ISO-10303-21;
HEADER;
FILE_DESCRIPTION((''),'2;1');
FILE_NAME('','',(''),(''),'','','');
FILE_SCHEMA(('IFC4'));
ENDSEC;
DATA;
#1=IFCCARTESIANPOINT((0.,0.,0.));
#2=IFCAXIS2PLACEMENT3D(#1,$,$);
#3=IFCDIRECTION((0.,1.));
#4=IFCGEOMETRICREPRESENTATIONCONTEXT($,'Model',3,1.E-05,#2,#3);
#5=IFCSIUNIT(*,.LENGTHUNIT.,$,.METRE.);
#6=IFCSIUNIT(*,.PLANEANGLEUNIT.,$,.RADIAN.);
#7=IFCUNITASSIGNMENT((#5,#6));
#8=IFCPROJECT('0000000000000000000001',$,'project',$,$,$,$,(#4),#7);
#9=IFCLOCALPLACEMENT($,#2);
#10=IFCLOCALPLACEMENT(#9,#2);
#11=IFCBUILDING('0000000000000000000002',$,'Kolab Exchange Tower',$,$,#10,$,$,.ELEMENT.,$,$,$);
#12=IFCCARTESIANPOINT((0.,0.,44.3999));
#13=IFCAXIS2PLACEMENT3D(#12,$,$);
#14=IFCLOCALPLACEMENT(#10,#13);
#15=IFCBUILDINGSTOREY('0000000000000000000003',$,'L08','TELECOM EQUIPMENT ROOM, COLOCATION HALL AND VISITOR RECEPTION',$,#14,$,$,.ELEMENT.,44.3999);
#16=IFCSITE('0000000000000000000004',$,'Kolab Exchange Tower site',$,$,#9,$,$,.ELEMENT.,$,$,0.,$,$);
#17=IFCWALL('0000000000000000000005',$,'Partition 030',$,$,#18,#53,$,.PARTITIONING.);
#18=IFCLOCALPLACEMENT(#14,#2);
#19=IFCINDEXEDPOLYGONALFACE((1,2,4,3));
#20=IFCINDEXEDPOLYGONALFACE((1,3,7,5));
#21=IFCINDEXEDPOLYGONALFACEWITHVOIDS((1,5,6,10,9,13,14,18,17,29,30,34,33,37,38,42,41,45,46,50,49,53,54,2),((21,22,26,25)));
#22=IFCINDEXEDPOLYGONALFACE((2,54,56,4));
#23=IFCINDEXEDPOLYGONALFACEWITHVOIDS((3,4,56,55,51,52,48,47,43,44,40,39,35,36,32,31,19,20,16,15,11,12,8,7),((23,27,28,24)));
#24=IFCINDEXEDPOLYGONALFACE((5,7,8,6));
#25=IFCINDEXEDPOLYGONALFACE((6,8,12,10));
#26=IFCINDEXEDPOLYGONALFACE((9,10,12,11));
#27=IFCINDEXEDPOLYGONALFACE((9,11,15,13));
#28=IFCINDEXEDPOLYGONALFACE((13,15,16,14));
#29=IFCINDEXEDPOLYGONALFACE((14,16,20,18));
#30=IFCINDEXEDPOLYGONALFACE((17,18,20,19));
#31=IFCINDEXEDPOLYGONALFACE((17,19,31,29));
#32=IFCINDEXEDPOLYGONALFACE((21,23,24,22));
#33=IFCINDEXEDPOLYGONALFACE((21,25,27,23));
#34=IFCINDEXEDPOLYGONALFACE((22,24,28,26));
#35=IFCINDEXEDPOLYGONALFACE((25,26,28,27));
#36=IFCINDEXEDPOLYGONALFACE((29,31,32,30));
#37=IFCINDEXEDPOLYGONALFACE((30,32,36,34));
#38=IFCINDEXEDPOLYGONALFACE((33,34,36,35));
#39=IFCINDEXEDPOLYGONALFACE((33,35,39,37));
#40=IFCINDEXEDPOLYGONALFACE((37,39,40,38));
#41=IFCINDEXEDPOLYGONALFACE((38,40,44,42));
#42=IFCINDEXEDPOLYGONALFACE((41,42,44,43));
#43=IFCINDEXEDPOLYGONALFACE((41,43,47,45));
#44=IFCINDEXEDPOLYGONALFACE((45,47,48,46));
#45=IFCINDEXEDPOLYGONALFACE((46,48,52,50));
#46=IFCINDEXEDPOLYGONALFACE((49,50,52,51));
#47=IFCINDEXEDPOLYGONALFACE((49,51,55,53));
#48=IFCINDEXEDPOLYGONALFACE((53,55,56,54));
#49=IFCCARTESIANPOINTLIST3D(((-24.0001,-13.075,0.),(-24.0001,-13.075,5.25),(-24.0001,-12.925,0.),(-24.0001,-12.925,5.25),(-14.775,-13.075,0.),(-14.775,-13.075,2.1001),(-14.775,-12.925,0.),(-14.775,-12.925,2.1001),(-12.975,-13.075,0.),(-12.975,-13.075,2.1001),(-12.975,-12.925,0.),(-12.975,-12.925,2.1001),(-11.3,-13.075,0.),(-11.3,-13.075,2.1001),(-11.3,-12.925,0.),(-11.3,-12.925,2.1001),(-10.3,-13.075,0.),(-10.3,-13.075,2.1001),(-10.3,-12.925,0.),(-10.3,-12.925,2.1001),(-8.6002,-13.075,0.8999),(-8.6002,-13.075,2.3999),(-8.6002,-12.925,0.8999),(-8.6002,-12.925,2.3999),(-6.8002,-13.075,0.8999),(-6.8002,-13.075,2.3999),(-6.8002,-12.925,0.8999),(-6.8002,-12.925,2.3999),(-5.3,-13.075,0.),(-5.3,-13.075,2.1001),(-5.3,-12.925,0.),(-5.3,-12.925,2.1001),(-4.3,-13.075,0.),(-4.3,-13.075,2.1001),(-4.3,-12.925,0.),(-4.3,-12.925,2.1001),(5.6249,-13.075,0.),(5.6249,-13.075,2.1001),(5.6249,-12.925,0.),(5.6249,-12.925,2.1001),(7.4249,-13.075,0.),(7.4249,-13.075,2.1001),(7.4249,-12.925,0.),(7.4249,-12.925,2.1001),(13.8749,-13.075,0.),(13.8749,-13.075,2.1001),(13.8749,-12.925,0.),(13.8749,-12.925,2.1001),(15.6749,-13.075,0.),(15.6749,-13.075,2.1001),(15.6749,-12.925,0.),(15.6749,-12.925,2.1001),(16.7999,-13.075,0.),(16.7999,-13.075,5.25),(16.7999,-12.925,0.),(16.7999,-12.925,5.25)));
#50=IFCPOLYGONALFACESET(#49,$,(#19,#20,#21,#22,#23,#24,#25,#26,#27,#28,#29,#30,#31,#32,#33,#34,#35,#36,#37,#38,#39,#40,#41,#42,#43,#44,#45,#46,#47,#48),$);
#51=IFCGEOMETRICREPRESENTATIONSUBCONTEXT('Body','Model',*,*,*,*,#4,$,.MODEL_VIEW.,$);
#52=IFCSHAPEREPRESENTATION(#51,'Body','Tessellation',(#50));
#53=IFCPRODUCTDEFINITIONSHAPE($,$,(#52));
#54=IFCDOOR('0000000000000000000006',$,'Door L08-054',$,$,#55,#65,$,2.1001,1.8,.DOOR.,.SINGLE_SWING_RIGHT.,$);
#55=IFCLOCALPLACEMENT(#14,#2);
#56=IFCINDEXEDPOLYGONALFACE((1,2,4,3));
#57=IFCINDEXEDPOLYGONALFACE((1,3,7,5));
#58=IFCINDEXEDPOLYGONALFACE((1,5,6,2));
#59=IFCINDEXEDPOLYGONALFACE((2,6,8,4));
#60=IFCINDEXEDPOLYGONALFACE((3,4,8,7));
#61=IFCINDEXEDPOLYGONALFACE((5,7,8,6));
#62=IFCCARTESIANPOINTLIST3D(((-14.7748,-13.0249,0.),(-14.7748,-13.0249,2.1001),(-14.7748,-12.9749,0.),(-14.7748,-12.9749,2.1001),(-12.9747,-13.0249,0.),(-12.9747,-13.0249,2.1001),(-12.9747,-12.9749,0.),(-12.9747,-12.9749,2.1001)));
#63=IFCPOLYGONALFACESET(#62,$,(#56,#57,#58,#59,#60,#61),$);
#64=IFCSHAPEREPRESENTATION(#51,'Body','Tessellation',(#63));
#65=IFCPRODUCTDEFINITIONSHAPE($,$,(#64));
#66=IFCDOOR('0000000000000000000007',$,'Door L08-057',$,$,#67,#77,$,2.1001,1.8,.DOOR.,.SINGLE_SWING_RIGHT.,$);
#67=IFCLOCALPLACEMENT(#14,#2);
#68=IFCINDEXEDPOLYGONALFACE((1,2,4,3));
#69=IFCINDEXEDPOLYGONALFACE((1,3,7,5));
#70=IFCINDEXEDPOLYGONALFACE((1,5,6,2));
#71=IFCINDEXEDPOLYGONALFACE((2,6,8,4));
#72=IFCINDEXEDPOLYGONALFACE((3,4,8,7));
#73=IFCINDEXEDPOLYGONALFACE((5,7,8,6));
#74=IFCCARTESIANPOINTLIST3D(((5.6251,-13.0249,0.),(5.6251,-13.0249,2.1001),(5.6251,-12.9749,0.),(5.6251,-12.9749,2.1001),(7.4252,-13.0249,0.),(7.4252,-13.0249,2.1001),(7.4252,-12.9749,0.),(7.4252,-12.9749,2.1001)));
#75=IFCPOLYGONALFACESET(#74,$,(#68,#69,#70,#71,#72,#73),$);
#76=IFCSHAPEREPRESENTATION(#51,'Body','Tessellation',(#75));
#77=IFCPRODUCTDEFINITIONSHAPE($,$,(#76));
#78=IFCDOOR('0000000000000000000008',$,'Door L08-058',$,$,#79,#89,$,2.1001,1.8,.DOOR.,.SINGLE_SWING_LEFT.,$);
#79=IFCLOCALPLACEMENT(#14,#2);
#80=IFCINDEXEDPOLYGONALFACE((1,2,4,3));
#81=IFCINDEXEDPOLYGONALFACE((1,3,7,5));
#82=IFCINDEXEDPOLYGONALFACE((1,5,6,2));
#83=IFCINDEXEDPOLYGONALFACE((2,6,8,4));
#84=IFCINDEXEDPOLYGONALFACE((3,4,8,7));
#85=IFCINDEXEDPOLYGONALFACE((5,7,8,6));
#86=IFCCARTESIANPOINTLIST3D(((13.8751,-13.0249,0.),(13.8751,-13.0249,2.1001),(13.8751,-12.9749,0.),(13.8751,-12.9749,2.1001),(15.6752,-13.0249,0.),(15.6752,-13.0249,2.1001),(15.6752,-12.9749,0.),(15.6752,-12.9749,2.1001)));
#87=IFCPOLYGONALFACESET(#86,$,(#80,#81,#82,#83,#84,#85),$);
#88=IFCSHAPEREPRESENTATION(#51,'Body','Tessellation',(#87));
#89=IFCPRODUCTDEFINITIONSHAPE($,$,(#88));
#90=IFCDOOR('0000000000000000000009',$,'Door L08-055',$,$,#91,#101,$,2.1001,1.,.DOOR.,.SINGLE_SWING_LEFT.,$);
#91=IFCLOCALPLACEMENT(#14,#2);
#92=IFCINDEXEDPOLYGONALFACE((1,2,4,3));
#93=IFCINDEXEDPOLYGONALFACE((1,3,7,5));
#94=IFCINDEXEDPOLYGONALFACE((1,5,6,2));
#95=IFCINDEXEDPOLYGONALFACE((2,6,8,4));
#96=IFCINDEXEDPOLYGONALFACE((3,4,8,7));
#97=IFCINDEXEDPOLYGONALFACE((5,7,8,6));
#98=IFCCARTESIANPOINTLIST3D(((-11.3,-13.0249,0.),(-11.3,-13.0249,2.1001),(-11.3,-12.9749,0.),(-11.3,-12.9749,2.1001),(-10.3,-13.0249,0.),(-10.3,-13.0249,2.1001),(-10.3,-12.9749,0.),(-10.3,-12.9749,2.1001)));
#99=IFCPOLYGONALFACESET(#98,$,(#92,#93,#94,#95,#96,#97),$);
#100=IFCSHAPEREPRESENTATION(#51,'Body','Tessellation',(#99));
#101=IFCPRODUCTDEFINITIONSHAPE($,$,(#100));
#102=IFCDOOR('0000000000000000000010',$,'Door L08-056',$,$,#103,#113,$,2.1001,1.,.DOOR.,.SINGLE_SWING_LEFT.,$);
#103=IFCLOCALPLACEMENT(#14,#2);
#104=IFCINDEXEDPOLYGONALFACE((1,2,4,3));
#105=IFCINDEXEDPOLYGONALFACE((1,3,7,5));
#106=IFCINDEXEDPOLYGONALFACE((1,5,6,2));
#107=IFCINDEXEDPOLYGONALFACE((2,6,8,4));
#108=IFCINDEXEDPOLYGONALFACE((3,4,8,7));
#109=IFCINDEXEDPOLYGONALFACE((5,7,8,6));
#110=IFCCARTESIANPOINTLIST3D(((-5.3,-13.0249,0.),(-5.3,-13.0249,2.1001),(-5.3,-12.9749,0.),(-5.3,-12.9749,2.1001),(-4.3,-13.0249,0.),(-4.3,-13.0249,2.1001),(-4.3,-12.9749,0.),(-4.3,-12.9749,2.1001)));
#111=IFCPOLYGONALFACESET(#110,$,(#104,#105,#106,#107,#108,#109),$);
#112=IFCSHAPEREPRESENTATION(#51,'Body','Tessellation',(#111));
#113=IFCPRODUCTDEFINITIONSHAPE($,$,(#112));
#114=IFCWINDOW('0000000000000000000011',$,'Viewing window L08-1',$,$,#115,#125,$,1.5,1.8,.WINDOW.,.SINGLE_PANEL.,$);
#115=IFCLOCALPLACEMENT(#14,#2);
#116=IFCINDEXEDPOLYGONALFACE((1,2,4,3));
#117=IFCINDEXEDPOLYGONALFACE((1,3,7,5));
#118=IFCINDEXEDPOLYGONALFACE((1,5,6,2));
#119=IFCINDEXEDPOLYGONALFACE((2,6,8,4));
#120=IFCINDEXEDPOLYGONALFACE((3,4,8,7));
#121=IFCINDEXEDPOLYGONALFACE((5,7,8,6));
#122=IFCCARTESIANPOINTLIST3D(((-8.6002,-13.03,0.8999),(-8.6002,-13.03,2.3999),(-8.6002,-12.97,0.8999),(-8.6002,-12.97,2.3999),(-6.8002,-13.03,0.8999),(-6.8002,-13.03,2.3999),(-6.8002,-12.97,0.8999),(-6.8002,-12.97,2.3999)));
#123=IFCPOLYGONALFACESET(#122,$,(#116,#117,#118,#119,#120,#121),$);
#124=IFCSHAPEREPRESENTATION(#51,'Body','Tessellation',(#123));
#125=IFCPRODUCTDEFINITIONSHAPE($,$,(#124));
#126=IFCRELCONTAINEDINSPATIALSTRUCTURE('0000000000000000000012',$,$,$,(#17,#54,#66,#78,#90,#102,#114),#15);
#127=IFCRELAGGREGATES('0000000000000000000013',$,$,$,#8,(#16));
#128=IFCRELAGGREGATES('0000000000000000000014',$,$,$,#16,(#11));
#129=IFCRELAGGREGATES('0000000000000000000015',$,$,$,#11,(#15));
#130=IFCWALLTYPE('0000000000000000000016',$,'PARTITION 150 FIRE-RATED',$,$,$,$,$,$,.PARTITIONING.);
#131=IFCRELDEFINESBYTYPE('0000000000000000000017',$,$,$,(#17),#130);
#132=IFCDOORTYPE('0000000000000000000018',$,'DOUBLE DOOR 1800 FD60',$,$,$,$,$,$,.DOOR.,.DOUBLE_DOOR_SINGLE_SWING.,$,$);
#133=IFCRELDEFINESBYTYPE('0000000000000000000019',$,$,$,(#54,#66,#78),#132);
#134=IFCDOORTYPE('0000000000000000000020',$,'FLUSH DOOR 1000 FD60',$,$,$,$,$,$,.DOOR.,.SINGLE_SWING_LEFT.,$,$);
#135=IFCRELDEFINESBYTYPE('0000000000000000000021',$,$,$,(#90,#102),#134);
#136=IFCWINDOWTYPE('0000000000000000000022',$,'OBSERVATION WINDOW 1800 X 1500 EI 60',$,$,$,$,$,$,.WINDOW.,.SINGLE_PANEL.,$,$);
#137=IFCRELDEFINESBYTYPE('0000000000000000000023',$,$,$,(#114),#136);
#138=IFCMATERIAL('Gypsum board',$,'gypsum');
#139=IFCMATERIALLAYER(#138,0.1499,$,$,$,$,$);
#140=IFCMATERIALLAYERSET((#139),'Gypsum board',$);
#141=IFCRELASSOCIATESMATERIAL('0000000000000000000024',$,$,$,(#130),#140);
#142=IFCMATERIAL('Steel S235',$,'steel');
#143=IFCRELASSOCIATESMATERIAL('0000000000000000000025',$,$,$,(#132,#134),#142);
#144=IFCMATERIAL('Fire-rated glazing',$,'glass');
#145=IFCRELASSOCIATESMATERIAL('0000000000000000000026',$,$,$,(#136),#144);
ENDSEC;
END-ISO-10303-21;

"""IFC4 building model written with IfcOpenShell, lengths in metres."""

from ifc_helpers import new_model, si_unit, direction, frame, frame_2d, origin, place, context, subcontext, project, spatial, rectangle, extrude, material, layer, layer_set, type_object, element, fill, save


model = new_model("IFC4")

# Units and contexts
model_context = context("Model", 3, precision=1e-05, world=origin(), true_north=direction((0.0, 1.0)))
body_context = subcontext(model_context, "Body", "Model", "MODEL_VIEW")
ifc_project = project(units=[si_unit("LENGTHUNIT", "METRE"), si_unit("PLANEANGLEUNIT", "RADIAN")], contexts=[model_context])

# Site, building, storey
site_placement = place(None, origin())
site = spatial("IfcSite", under=ifc_project, at=site_placement, Name="Kolab Exchange Tower site", CompositionType="ELEMENT", RefElevation=0.0)
building_placement = place(site_placement, origin())
building = spatial("IfcBuilding", under=site, at=building_placement, Name="Kolab Exchange Tower", CompositionType="ELEMENT")
storey_placement = place(building_placement, frame((0.0, 0.0, 44.3999)))
storey = spatial("IfcBuildingStorey", under=building, at=storey_placement, Name="L08", Description="TELECOM EQUIPMENT ROOM, COLOCATION HALL AND VISITOR RECEPTION", CompositionType="ELEMENT", Elevation=44.3999)

# Shared definitions
ifc_material_1 = material(Name="Gypsum board", Category="gypsum")
ifc_layer_1 = layer(ifc_material_1, 0.1499)
ifc_layer_set_1 = layer_set([ifc_layer_1], Name="Gypsum board")
wall_type_1 = type_object("IfcWallType", Name="PARTITION 150 FIRE-RATED", PredefinedType="PARTITIONING", material=ifc_layer_set_1)

# Wall, openings, doors, window
wall_1_placement = place(storey_placement, frame((-24.0, -13.0, 0.0), z_axis=(0.0, 0.0, 1.0), x_axis=(1.0, 0.0, 0.0)))
wall_1 = element("IfcWall", 1, at=wall_1_placement, inside=storey, type_object=wall_type_1, Name="Partition 030", PredefinedType="PARTITIONING", context=body_context, shape_type="SweptSolid", body=[
    extrude(rectangle(XDim=40.8, YDim=0.1499, at=frame_2d((20.3999, 0.0))), origin(), (0.0, 0.0, 1.0), 5.25),
])
opening_1_placement = place(wall_1_placement, frame((9.2251, 0.0, 0.0)))
opening_1 = element("IfcOpeningElement", 2, at=opening_1_placement, cuts=wall_1, PredefinedType="OPENING", context=body_context, shape_type="SweptSolid", body=[
    extrude(rectangle(XDim=1.8, YDim=2.1001, at=frame_2d((0.8999, 1.05))), frame((0.0, 0.085, 0.0), z_axis=(0.0, -1.0, 0.0), x_axis=(1.0, 0.0, 0.0)), (0.0, 0.0, 1.0), 0.1699),
])
opening_2_placement = place(wall_1_placement, frame((12.7, 0.0, 0.0)))
opening_2 = element("IfcOpeningElement", 3, at=opening_2_placement, cuts=wall_1, PredefinedType="OPENING", context=body_context, shape_type="SweptSolid", body=[
    extrude(rectangle(XDim=1.0, YDim=2.1001, at=frame_2d((0.5, 1.05))), frame((0.0, 0.085, 0.0), z_axis=(0.0, -1.0, 0.0), x_axis=(1.0, 0.0, 0.0)), (0.0, 0.0, 1.0), 0.1699),
])
opening_3_placement = place(wall_1_placement, frame((18.7, 0.0, 0.0)))
opening_3 = element("IfcOpeningElement", 4, at=opening_3_placement, cuts=wall_1, PredefinedType="OPENING", context=body_context, shape_type="SweptSolid", body=[
    extrude(rectangle(XDim=1.0, YDim=2.1001, at=frame_2d((0.5, 1.05))), frame((0.0, 0.085, 0.0), z_axis=(0.0, -1.0, 0.0), x_axis=(1.0, 0.0, 0.0)), (0.0, 0.0, 1.0), 0.1699),
])
opening_4_placement = place(wall_1_placement, frame((29.625, 0.0, 0.0)))
opening_4 = element("IfcOpeningElement", 5, at=opening_4_placement, cuts=wall_1, PredefinedType="OPENING", context=body_context, shape_type="SweptSolid", body=[
    extrude(rectangle(XDim=1.8, YDim=2.1001, at=frame_2d((0.8999, 1.05))), frame((0.0, 0.085, 0.0), z_axis=(0.0, -1.0, 0.0), x_axis=(1.0, 0.0, 0.0)), (0.0, 0.0, 1.0), 0.1699),
])
opening_5_placement = place(wall_1_placement, frame((37.875, 0.0, 0.0)))
opening_5 = element("IfcOpeningElement", 6, at=opening_5_placement, cuts=wall_1, PredefinedType="OPENING", context=body_context, shape_type="SweptSolid", body=[
    extrude(rectangle(XDim=1.8, YDim=2.1001, at=frame_2d((0.8999, 1.05))), frame((0.0, 0.085, 0.0), z_axis=(0.0, -1.0, 0.0), x_axis=(1.0, 0.0, 0.0)), (0.0, 0.0, 1.0), 0.1699),
])
opening_6_placement = place(wall_1_placement, frame((15.3999, 0.0, 0.8999)))
opening_6 = element("IfcOpeningElement", 7, at=opening_6_placement, cuts=wall_1, PredefinedType="OPENING", context=body_context, shape_type="SweptSolid", body=[
    extrude(rectangle(XDim=1.8, YDim=1.5, at=frame_2d((0.8999, 0.75))), frame((0.0, 0.085, 0.0), z_axis=(0.0, -1.0, 0.0), x_axis=(1.0, 0.0, 0.0)), (0.0, 0.0, 1.0), 0.1699),
])
ifc_material_2 = material(Name="Steel S235", Category="steel")
door_type_1 = type_object("IfcDoorType", Name="DOUBLE DOOR 1800 FD60", OperationType="DOUBLE_DOOR_SINGLE_SWING", PredefinedType="DOOR", material=ifc_material_2)
door_1_placement = place(opening_1_placement, frame((1.8, 0.0, 0.0), z_axis=(0.0, 0.0, 1.0), x_axis=(-1.0, 0.0, 0.0)))
door_1 = element("IfcDoor", 8, at=door_1_placement, inside=storey, type_object=door_type_1, Name="Door L08-054", OperationType="SINGLE_SWING_RIGHT", OverallHeight=2.1001, OverallWidth=1.8, PredefinedType="DOOR", context=body_context, shape_type="SweptSolid", body=[
    extrude(rectangle(XDim=1.8, YDim=2.1001, at=frame_2d((0.8999, 1.05))), frame((0.0, 0.0249, 0.0), z_axis=(0.0, -1.0, 0.0), x_axis=(1.0, 0.0, 0.0)), (0.0, 0.0, 1.0), 0.05),
])
fill(opening_1, door_1)
door_2_placement = place(opening_4_placement, frame((1.8, 0.0, 0.0), z_axis=(0.0, 0.0, 1.0), x_axis=(-1.0, 0.0, 0.0)))
door_2 = element("IfcDoor", 9, at=door_2_placement, inside=storey, type_object=door_type_1, Name="Door L08-057", OperationType="SINGLE_SWING_RIGHT", OverallHeight=2.1001, OverallWidth=1.8, PredefinedType="DOOR", context=body_context, shape_type="SweptSolid", body=[
    extrude(rectangle(XDim=1.8, YDim=2.1001, at=frame_2d((0.8999, 1.05))), frame((0.0, 0.0249, 0.0), z_axis=(0.0, -1.0, 0.0), x_axis=(1.0, 0.0, 0.0)), (0.0, 0.0, 1.0), 0.05),
])
fill(opening_4, door_2)
door_3_placement = place(opening_5_placement, frame((1.8, 0.0, 0.0), z_axis=(0.0, 0.0, 1.0), x_axis=(-1.0, 0.0, 0.0)))
door_3 = element("IfcDoor", 10, at=door_3_placement, inside=storey, type_object=door_type_1, Name="Door L08-058", OperationType="SINGLE_SWING_LEFT", OverallHeight=2.1001, OverallWidth=1.8, PredefinedType="DOOR", context=body_context, shape_type="SweptSolid", body=[
    extrude(rectangle(XDim=1.8, YDim=2.1001, at=frame_2d((0.8999, 1.05))), frame((0.0, 0.0249, 0.0), z_axis=(0.0, -1.0, 0.0), x_axis=(1.0, 0.0, 0.0)), (0.0, 0.0, 1.0), 0.05),
])
fill(opening_5, door_3)
door_type_2 = type_object("IfcDoorType", Name="FLUSH DOOR 1000 FD60", OperationType="SINGLE_SWING_LEFT", PredefinedType="DOOR", material=ifc_material_2)
door_4_placement = place(opening_2_placement, frame((1.0, 0.0, 0.0), z_axis=(0.0, 0.0, 1.0), x_axis=(-1.0, 0.0, 0.0)))
door_4 = element("IfcDoor", 11, at=door_4_placement, inside=storey, type_object=door_type_2, Name="Door L08-055", OperationType="SINGLE_SWING_LEFT", OverallHeight=2.1001, OverallWidth=1.0, PredefinedType="DOOR", context=body_context, shape_type="SweptSolid", body=[
    extrude(rectangle(XDim=1.0, YDim=2.1001, at=frame_2d((0.5, 1.05))), frame((0.0, 0.0249, 0.0), z_axis=(0.0, -1.0, 0.0), x_axis=(1.0, 0.0, 0.0)), (0.0, 0.0, 1.0), 0.05),
])
fill(opening_2, door_4)
door_5_placement = place(opening_3_placement, frame((1.0, 0.0, 0.0), z_axis=(0.0, 0.0, 1.0), x_axis=(-1.0, 0.0, 0.0)))
door_5 = element("IfcDoor", 12, at=door_5_placement, inside=storey, type_object=door_type_2, Name="Door L08-056", OperationType="SINGLE_SWING_LEFT", OverallHeight=2.1001, OverallWidth=1.0, PredefinedType="DOOR", context=body_context, shape_type="SweptSolid", body=[
    extrude(rectangle(XDim=1.0, YDim=2.1001, at=frame_2d((0.5, 1.05))), frame((0.0, 0.0249, 0.0), z_axis=(0.0, -1.0, 0.0), x_axis=(1.0, 0.0, 0.0)), (0.0, 0.0, 1.0), 0.05),
])
fill(opening_3, door_5)
ifc_material_3 = material(Name="Fire-rated glazing", Category="glass")
window_type = type_object("IfcWindowType", Name="OBSERVATION WINDOW 1800 X 1500 EI 60", PartitioningType="SINGLE_PANEL", PredefinedType="WINDOW", material=ifc_material_3)
window_placement = place(opening_6_placement, origin())
window = element("IfcWindow", 13, at=window_placement, inside=storey, type_object=window_type, Name="Viewing window L08-1", OverallHeight=1.5, OverallWidth=1.8, PartitioningType="SINGLE_PANEL", PredefinedType="WINDOW", context=body_context, shape_type="SweptSolid", body=[
    extrude(rectangle(XDim=1.8, YDim=1.5, at=frame_2d((0.8999, 0.75))), frame((0.0, 0.03, 0.0), z_axis=(0.0, -1.0, 0.0), x_axis=(1.0, 0.0, 0.0)), (0.0, 0.0, 1.0), 0.0601),
])
fill(opening_6, window)

save(model, "model.ifc")
